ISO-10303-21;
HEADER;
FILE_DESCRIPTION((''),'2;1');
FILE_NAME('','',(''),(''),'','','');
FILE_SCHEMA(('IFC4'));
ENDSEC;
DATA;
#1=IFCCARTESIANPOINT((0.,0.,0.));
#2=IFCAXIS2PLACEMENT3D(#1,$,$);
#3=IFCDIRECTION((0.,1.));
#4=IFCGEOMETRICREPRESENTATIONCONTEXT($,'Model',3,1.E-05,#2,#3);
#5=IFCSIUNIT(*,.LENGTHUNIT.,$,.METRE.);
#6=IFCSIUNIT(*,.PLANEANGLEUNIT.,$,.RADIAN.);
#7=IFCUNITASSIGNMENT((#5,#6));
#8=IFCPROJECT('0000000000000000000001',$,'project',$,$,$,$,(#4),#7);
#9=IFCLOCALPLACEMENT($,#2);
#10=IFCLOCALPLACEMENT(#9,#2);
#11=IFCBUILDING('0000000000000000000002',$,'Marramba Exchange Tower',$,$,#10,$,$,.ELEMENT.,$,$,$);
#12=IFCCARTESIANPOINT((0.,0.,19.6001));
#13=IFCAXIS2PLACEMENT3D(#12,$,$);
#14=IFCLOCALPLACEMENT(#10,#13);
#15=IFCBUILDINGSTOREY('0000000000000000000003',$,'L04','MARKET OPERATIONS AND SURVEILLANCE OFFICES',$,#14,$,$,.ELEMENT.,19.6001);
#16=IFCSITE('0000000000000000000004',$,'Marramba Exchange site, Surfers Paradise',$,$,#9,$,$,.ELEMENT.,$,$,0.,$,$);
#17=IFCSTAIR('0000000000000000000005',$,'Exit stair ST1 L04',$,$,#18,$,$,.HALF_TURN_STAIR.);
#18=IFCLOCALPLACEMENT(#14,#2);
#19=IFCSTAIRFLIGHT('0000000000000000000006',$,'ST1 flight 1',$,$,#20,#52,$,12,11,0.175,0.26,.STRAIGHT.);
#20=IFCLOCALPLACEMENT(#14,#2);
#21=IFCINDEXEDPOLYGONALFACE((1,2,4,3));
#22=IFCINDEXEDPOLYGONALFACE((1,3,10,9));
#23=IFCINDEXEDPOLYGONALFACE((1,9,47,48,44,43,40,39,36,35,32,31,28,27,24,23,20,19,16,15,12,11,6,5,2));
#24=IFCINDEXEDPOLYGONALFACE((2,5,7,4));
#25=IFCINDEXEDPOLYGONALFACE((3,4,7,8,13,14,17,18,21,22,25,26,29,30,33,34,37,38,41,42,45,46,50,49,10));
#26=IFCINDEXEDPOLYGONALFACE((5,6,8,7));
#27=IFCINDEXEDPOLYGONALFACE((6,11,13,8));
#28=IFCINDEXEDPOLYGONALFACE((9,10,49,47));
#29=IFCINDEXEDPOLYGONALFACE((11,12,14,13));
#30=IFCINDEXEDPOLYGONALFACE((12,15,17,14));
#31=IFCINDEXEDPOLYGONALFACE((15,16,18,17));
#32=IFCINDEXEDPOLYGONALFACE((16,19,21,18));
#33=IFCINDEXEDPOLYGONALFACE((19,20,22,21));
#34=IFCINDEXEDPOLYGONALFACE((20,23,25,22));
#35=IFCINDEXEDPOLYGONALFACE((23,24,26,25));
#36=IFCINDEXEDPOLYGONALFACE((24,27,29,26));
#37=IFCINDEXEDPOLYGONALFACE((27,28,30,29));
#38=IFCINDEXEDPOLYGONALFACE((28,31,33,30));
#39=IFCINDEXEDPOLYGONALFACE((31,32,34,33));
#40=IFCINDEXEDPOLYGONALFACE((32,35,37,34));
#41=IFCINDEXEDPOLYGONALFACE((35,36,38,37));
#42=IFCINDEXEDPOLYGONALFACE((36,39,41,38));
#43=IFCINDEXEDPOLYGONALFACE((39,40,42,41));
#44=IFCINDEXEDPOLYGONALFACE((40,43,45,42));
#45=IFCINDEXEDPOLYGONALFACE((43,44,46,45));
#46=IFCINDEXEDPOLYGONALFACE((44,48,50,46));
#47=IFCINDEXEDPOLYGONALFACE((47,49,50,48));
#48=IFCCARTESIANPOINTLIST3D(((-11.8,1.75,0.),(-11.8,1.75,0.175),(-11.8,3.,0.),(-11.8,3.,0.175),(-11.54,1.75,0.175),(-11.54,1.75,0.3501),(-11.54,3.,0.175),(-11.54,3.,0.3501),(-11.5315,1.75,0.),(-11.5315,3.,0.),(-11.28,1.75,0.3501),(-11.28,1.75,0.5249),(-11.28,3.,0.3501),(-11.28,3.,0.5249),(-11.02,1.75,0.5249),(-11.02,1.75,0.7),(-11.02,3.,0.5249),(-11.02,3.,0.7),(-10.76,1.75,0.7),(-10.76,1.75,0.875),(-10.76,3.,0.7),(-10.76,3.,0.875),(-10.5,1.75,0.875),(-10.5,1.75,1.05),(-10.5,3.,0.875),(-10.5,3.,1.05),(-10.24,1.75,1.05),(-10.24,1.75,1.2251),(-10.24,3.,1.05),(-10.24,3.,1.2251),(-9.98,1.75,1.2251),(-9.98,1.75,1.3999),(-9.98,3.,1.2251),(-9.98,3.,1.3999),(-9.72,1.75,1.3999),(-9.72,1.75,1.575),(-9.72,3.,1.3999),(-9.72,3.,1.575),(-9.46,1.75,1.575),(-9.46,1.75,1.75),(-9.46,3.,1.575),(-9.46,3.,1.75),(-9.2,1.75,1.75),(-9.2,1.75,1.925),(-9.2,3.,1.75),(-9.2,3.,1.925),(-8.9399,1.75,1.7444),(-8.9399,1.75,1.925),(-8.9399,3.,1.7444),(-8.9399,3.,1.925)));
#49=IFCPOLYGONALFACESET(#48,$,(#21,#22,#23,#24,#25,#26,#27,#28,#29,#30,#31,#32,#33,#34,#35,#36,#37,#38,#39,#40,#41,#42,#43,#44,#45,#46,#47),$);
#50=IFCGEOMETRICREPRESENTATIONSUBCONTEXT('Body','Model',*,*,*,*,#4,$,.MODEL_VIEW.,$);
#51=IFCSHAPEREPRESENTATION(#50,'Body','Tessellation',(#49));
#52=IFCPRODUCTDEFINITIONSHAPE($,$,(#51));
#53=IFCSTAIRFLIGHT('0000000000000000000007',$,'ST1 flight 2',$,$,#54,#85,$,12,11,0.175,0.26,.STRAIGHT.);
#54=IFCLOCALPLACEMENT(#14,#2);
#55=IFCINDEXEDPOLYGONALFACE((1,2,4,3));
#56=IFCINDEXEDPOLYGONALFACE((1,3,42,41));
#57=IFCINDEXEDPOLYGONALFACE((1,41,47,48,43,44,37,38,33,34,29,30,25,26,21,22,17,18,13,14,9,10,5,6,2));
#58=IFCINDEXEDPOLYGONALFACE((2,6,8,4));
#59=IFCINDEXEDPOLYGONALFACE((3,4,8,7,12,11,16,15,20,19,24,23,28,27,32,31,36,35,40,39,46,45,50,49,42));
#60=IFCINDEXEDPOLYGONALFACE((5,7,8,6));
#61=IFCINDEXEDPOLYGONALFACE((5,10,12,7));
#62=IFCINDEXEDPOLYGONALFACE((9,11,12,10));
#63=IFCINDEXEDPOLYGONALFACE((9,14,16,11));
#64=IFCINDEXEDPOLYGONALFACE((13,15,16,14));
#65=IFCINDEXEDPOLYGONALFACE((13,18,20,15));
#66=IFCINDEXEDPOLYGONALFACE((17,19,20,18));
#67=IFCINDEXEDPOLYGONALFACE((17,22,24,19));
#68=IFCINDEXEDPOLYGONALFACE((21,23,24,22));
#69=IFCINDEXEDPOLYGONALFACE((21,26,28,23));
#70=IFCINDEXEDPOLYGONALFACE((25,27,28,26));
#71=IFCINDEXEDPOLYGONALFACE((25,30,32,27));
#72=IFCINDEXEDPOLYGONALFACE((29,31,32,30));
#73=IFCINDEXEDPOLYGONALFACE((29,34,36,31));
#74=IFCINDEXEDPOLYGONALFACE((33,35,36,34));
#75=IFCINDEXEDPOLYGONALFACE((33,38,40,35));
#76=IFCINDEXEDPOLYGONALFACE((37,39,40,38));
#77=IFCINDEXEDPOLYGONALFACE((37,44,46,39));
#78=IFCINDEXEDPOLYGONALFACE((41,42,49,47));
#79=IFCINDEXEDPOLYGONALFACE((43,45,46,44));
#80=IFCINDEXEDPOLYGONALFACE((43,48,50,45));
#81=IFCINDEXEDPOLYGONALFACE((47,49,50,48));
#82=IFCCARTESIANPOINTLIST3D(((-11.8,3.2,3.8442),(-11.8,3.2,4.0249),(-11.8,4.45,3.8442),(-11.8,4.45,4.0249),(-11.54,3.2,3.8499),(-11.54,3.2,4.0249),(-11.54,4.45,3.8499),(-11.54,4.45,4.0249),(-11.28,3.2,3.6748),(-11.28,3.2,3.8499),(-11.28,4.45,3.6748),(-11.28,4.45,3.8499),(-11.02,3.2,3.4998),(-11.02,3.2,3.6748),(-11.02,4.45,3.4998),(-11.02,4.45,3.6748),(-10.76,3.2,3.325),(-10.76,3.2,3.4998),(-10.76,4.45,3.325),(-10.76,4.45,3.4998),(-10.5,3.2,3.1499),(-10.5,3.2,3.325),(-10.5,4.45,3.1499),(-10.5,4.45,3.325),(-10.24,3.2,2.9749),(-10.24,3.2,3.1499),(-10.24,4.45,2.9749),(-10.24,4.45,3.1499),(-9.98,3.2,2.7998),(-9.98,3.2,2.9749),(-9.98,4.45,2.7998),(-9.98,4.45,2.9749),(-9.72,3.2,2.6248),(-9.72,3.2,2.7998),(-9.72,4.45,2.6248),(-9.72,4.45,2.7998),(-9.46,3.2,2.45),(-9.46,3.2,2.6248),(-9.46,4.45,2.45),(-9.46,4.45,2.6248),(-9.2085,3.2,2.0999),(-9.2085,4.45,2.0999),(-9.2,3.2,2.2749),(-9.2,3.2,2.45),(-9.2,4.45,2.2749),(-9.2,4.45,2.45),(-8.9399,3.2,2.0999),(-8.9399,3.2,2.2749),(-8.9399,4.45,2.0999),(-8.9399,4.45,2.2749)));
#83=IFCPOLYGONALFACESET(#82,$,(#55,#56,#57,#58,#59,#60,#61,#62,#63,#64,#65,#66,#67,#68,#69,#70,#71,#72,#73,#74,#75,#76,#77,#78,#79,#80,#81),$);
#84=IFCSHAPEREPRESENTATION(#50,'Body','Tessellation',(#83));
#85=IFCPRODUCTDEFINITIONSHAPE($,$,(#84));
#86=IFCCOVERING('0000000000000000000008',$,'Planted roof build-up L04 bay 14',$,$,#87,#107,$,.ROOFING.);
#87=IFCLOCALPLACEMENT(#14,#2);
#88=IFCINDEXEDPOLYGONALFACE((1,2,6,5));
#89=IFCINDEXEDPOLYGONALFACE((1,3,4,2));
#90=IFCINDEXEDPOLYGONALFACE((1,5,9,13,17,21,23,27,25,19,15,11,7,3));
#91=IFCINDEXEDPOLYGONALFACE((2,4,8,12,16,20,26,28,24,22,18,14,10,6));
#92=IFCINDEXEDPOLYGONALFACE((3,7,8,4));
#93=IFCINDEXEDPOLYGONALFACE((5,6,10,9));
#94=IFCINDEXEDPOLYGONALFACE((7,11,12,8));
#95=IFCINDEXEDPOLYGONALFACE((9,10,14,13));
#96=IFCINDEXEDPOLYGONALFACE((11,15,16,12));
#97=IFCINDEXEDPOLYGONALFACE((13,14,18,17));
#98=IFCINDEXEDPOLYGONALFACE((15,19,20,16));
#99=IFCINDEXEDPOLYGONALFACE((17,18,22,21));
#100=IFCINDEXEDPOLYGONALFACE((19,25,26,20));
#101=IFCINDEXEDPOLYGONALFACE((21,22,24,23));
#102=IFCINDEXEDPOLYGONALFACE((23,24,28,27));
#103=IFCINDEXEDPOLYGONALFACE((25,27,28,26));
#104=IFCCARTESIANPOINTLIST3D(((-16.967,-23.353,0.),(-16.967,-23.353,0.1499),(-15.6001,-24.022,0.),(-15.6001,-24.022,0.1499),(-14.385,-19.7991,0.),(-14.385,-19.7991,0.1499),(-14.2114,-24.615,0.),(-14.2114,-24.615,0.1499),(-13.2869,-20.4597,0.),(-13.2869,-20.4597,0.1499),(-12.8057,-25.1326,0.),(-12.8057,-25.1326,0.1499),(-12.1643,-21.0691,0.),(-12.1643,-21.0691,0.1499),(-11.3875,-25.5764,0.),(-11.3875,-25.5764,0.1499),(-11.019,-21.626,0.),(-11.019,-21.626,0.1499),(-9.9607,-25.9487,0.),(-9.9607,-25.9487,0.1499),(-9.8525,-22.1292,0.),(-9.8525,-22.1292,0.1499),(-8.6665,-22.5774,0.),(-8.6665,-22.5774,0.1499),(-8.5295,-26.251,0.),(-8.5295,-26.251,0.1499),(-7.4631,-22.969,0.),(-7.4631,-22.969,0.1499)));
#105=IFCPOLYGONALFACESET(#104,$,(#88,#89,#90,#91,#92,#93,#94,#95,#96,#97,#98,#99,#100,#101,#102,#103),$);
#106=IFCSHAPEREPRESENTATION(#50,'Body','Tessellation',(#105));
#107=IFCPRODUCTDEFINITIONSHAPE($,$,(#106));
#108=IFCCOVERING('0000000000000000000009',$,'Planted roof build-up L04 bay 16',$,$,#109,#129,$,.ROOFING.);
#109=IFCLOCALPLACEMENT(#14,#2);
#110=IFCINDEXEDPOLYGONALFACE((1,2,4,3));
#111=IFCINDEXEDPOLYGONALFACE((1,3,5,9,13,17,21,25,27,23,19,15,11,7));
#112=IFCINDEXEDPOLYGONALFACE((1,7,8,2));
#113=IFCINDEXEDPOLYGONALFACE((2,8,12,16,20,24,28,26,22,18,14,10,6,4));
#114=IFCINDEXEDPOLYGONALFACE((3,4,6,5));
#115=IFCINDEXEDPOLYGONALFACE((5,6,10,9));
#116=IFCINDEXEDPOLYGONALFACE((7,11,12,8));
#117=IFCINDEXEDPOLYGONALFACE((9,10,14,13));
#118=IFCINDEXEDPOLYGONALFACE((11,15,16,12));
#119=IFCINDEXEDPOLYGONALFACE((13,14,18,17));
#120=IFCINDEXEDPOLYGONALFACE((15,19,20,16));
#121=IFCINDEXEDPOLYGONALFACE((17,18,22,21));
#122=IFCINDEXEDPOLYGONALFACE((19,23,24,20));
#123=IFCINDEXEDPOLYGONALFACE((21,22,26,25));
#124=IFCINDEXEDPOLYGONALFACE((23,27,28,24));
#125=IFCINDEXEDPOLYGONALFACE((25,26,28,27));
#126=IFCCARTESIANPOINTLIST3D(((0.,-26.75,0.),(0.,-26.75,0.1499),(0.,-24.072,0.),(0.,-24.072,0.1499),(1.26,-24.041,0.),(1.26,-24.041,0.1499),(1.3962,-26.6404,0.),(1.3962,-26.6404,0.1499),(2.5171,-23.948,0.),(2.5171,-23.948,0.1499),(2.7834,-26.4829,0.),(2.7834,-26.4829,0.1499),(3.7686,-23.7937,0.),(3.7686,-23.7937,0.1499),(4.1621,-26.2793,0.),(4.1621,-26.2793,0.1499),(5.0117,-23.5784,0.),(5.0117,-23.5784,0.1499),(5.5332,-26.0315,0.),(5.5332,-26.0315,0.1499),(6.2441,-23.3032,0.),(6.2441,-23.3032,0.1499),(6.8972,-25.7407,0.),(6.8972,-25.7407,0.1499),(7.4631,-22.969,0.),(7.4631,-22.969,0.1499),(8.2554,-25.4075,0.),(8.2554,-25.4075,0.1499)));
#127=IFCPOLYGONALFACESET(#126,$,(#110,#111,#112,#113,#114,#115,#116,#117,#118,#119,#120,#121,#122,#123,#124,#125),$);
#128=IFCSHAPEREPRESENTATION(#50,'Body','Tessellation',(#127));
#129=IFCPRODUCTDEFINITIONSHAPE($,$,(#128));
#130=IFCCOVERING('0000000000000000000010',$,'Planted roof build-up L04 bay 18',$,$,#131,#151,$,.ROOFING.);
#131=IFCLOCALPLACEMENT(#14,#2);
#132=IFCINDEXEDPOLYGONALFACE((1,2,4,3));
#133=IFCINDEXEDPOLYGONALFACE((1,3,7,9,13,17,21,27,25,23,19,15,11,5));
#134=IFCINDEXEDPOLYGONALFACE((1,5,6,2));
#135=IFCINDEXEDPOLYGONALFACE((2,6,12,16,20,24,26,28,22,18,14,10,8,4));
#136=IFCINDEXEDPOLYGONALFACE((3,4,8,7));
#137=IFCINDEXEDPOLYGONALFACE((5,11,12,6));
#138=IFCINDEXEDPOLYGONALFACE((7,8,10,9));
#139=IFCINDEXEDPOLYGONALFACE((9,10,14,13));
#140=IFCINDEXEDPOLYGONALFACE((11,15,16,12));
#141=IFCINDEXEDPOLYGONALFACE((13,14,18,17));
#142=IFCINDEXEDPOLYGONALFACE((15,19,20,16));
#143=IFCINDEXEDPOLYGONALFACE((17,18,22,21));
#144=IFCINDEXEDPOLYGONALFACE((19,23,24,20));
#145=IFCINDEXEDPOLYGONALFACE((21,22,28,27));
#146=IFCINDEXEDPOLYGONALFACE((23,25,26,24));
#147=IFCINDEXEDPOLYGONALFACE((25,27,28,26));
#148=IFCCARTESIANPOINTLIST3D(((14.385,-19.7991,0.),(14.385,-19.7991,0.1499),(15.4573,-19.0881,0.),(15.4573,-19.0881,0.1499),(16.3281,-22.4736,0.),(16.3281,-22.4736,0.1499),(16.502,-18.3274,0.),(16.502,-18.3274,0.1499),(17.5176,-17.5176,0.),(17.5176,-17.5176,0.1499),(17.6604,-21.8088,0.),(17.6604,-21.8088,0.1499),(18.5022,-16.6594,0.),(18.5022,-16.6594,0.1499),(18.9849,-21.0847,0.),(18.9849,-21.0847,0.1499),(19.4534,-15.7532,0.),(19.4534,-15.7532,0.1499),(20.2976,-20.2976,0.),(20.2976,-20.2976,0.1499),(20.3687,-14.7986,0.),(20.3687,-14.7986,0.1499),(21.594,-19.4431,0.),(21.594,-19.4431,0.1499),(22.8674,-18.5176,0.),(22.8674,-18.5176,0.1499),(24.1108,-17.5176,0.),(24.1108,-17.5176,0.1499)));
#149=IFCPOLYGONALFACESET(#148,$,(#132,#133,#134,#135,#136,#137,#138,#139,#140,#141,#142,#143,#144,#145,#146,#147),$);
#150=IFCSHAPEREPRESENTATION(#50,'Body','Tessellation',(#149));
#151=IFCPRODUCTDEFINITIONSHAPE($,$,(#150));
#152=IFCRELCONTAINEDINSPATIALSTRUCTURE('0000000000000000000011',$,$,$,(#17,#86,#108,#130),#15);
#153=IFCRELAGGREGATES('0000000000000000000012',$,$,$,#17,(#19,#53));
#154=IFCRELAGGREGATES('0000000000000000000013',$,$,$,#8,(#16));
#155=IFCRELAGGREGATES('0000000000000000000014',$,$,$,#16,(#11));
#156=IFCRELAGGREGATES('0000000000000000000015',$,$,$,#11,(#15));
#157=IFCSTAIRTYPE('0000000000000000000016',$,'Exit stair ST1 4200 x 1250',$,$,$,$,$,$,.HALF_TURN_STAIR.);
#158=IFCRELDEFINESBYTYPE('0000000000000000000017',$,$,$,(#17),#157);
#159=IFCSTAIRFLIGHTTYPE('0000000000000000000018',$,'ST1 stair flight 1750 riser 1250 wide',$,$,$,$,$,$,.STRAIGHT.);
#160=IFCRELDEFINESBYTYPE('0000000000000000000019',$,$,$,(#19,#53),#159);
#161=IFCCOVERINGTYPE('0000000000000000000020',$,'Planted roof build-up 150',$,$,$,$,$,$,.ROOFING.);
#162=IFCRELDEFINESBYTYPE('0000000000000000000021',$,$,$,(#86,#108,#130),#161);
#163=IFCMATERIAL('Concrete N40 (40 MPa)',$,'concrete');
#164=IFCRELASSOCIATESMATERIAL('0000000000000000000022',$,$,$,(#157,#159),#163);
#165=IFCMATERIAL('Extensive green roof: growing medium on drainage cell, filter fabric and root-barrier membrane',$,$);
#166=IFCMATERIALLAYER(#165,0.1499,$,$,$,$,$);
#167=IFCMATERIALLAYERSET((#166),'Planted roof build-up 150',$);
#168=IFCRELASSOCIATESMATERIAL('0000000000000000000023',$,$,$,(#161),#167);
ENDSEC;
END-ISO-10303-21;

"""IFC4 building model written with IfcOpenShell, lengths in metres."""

from ifc_helpers import new_model, si_unit, direction, frame, origin, place, context, subcontext, project, spatial, polyline, outline, extrude, material, layer, layer_set, type_object, element, aggregate, save


model = new_model("IFC4")

# Units and contexts
model_context = context("Model", 3, precision=1e-05, world=origin(), true_north=direction((0.0, 1.0)))
body_context = subcontext(model_context, "Body", "Model", "MODEL_VIEW")
ifc_project = project(units=[si_unit("LENGTHUNIT", "METRE"), si_unit("PLANEANGLEUNIT", "RADIAN")], contexts=[model_context])

# Site, building, storey
site_placement = place(None, origin())
site = spatial("IfcSite", under=ifc_project, at=site_placement, Name="Marramba Exchange site, Surfers Paradise", CompositionType="ELEMENT", RefElevation=0.0)
building_placement = place(site_placement, origin())
building = spatial("IfcBuilding", under=site, at=building_placement, Name="Marramba Exchange Tower", CompositionType="ELEMENT")
storey_placement = place(building_placement, frame((0.0, 0.0, 19.6001)))
storey = spatial("IfcBuildingStorey", under=building, at=storey_placement, Name="L04", Description="MARKET OPERATIONS AND SURVEILLANCE OFFICES", CompositionType="ELEMENT", Elevation=19.6001)

# Stair, stair flights
ifc_material_1 = material(Name="Concrete N40 (40 MPa)", Category="concrete")
stair_type = type_object("IfcStairType", Name="Exit stair ST1 4200 x 1250", PredefinedType="HALF_TURN_STAIR", material=ifc_material_1)
stair_placement = place(storey_placement, origin())
stair = element("IfcStair", 1, at=stair_placement, inside=storey, type_object=stair_type, Name="Exit stair ST1 L04", PredefinedType="HALF_TURN_STAIR")
stair_flight_type = type_object("IfcStairFlightType", Name="ST1 stair flight 1750 riser 1250 wide", PredefinedType="STRAIGHT", material=ifc_material_1)
stair_flight_1_placement = place(storey_placement, frame((-11.8, 2.375, 0.0), z_axis=(0.0, 0.0, 1.0), x_axis=(1.0, 0.0, 0.0)))
stair_flight_1 = element("IfcStairFlight", 2, at=stair_flight_1_placement, type_object=stair_flight_type, Name="ST1 flight 1", NumberOfRisers=12, NumberOfTreads=11, PredefinedType="STRAIGHT", RiserHeight=0.175, TreadLength=0.26, context=body_context, shape_type="SweptSolid", body=[
    extrude(outline(polyline([(0.0, 0.0), (0.0, 0.175), (0.26, 0.175), (0.26, 0.3501), (0.52, 0.3501), (0.52, 0.5249), (0.78, 0.5249), (0.78, 0.7), (1.04, 0.7), (1.04, 0.875), (1.3, 0.875), (1.3, 1.05), (1.5601, 1.05), (1.5601, 1.2251), (1.8201, 1.2251), (1.8201, 1.3999), (2.0801, 1.3999), (2.0801, 1.575), (2.3401, 1.575), (2.3401, 1.75), (2.6001, 1.75), (2.6001, 1.925), (2.8601, 1.925), (2.8601, 2.1001), (2.8601, 1.7444), (0.2686, 0.0), (0.0, 0.0)])), frame((0.0, 0.625, 0.0), z_axis=(0.0, -1.0, 0.0), x_axis=(1.0, 0.0, 0.0)), (0.0, 0.0, 1.0), 1.25),
])
stair_flight_2_placement = place(storey_placement, frame((-8.9399, 3.825, 2.0999), z_axis=(0.0, 0.0, 1.0), x_axis=(-1.0, 0.0, 0.0)))
stair_flight_2 = element("IfcStairFlight", 3, at=stair_flight_2_placement, type_object=stair_flight_type, Name="ST1 flight 2", NumberOfRisers=12, NumberOfTreads=11, PredefinedType="STRAIGHT", RiserHeight=0.175, TreadLength=0.26, context=body_context, shape_type="SweptSolid", body=[
    extrude(outline(polyline([(0.0, 0.0), (0.0, 0.175), (0.26, 0.175), (0.26, 0.3501), (0.52, 0.3501), (0.52, 0.5249), (0.78, 0.5249), (0.78, 0.7), (1.04, 0.7), (1.04, 0.875), (1.3, 0.875), (1.3, 1.05), (1.5601, 1.05), (1.5601, 1.2251), (1.8201, 1.2251), (1.8201, 1.3999), (2.0801, 1.3999), (2.0801, 1.575), (2.3401, 1.575), (2.3401, 1.75), (2.6001, 1.75), (2.6001, 1.925), (2.8601, 1.925), (2.8601, 2.1001), (2.8601, 1.7444), (0.2686, 0.0), (0.0, 0.0)])), frame((0.0, 0.625, 0.0), z_axis=(0.0, -1.0, 0.0), x_axis=(1.0, 0.0, 0.0)), (0.0, 0.0, 1.0), 1.25),
])
aggregate(stair, [stair_flight_1, stair_flight_2])

# Coverings
ifc_material_2 = material(Name="Extensive green roof: growing medium on drainage cell, filter fabric and root-barrier membrane")
ifc_layer_1 = layer(ifc_material_2, 0.1499)
ifc_layer_set_1 = layer_set([ifc_layer_1], Name="Planted roof build-up 150")
covering_type = type_object("IfcCoveringType", Name="Planted roof build-up 150", PredefinedType="ROOFING", material=ifc_layer_set_1)
covering_1_placement = place(storey_placement, origin())
element("IfcCovering", 4, at=covering_1_placement, inside=storey, type_object=covering_type, Name="Planted roof build-up L04 bay 14", PredefinedType="ROOFING", context=body_context, shape_type="SweptSolid", body=[
    extrude(outline(polyline([(-14.385, -19.7991), (-13.2869, -20.4597), (-12.1643, -21.0691), (-11.019, -21.626), (-9.8525, -22.1292), (-8.6665, -22.5774), (-7.4631, -22.969), (-8.5295, -26.251), (-9.9607, -25.9487), (-11.3875, -25.5764), (-12.8057, -25.1326), (-14.2114, -24.615), (-15.6001, -24.022), (-16.967, -23.353), (-14.385, -19.7991)])), origin(), (0.0, 0.0, 1.0), 0.1499),
])
covering_2_placement = place(storey_placement, origin())
element("IfcCovering", 5, at=covering_2_placement, inside=storey, type_object=covering_type, Name="Planted roof build-up L04 bay 16", PredefinedType="ROOFING", context=body_context, shape_type="SweptSolid", body=[
    extrude(outline(polyline([(0.0, -24.072), (1.26, -24.041), (2.5171, -23.948), (3.7686, -23.7937), (5.0117, -23.5784), (6.2441, -23.3032), (7.4631, -22.969), (8.2554, -25.4075), (8.2554, -25.4075), (6.8972, -25.7407), (5.5332, -26.0315), (4.1621, -26.2793), (2.7834, -26.4829), (1.3962, -26.6404), (0.0, -26.75), (0.0, -24.072)])), origin(), (0.0, 0.0, 1.0), 0.1499),
])
covering_3_placement = place(storey_placement, origin())
element("IfcCovering", 6, at=covering_3_placement, inside=storey, type_object=covering_type, Name="Planted roof build-up L04 bay 18", PredefinedType="ROOFING", context=body_context, shape_type="SweptSolid", body=[
    extrude(outline(polyline([(14.385, -19.7991), (15.4573, -19.0881), (16.502, -18.3274), (17.5176, -17.5176), (18.5022, -16.6594), (19.4534, -15.7532), (20.3687, -14.7986), (24.1108, -17.5176), (24.1108, -17.5176), (22.8674, -18.5176), (21.594, -19.4431), (20.2976, -20.2976), (18.9849, -21.0847), (17.6604, -21.8088), (16.3281, -22.4736), (16.3281, -22.4736), (14.385, -19.7991)])), origin(), (0.0, 0.0, 1.0), 0.1499),
])

save(model, "model.ifc")
